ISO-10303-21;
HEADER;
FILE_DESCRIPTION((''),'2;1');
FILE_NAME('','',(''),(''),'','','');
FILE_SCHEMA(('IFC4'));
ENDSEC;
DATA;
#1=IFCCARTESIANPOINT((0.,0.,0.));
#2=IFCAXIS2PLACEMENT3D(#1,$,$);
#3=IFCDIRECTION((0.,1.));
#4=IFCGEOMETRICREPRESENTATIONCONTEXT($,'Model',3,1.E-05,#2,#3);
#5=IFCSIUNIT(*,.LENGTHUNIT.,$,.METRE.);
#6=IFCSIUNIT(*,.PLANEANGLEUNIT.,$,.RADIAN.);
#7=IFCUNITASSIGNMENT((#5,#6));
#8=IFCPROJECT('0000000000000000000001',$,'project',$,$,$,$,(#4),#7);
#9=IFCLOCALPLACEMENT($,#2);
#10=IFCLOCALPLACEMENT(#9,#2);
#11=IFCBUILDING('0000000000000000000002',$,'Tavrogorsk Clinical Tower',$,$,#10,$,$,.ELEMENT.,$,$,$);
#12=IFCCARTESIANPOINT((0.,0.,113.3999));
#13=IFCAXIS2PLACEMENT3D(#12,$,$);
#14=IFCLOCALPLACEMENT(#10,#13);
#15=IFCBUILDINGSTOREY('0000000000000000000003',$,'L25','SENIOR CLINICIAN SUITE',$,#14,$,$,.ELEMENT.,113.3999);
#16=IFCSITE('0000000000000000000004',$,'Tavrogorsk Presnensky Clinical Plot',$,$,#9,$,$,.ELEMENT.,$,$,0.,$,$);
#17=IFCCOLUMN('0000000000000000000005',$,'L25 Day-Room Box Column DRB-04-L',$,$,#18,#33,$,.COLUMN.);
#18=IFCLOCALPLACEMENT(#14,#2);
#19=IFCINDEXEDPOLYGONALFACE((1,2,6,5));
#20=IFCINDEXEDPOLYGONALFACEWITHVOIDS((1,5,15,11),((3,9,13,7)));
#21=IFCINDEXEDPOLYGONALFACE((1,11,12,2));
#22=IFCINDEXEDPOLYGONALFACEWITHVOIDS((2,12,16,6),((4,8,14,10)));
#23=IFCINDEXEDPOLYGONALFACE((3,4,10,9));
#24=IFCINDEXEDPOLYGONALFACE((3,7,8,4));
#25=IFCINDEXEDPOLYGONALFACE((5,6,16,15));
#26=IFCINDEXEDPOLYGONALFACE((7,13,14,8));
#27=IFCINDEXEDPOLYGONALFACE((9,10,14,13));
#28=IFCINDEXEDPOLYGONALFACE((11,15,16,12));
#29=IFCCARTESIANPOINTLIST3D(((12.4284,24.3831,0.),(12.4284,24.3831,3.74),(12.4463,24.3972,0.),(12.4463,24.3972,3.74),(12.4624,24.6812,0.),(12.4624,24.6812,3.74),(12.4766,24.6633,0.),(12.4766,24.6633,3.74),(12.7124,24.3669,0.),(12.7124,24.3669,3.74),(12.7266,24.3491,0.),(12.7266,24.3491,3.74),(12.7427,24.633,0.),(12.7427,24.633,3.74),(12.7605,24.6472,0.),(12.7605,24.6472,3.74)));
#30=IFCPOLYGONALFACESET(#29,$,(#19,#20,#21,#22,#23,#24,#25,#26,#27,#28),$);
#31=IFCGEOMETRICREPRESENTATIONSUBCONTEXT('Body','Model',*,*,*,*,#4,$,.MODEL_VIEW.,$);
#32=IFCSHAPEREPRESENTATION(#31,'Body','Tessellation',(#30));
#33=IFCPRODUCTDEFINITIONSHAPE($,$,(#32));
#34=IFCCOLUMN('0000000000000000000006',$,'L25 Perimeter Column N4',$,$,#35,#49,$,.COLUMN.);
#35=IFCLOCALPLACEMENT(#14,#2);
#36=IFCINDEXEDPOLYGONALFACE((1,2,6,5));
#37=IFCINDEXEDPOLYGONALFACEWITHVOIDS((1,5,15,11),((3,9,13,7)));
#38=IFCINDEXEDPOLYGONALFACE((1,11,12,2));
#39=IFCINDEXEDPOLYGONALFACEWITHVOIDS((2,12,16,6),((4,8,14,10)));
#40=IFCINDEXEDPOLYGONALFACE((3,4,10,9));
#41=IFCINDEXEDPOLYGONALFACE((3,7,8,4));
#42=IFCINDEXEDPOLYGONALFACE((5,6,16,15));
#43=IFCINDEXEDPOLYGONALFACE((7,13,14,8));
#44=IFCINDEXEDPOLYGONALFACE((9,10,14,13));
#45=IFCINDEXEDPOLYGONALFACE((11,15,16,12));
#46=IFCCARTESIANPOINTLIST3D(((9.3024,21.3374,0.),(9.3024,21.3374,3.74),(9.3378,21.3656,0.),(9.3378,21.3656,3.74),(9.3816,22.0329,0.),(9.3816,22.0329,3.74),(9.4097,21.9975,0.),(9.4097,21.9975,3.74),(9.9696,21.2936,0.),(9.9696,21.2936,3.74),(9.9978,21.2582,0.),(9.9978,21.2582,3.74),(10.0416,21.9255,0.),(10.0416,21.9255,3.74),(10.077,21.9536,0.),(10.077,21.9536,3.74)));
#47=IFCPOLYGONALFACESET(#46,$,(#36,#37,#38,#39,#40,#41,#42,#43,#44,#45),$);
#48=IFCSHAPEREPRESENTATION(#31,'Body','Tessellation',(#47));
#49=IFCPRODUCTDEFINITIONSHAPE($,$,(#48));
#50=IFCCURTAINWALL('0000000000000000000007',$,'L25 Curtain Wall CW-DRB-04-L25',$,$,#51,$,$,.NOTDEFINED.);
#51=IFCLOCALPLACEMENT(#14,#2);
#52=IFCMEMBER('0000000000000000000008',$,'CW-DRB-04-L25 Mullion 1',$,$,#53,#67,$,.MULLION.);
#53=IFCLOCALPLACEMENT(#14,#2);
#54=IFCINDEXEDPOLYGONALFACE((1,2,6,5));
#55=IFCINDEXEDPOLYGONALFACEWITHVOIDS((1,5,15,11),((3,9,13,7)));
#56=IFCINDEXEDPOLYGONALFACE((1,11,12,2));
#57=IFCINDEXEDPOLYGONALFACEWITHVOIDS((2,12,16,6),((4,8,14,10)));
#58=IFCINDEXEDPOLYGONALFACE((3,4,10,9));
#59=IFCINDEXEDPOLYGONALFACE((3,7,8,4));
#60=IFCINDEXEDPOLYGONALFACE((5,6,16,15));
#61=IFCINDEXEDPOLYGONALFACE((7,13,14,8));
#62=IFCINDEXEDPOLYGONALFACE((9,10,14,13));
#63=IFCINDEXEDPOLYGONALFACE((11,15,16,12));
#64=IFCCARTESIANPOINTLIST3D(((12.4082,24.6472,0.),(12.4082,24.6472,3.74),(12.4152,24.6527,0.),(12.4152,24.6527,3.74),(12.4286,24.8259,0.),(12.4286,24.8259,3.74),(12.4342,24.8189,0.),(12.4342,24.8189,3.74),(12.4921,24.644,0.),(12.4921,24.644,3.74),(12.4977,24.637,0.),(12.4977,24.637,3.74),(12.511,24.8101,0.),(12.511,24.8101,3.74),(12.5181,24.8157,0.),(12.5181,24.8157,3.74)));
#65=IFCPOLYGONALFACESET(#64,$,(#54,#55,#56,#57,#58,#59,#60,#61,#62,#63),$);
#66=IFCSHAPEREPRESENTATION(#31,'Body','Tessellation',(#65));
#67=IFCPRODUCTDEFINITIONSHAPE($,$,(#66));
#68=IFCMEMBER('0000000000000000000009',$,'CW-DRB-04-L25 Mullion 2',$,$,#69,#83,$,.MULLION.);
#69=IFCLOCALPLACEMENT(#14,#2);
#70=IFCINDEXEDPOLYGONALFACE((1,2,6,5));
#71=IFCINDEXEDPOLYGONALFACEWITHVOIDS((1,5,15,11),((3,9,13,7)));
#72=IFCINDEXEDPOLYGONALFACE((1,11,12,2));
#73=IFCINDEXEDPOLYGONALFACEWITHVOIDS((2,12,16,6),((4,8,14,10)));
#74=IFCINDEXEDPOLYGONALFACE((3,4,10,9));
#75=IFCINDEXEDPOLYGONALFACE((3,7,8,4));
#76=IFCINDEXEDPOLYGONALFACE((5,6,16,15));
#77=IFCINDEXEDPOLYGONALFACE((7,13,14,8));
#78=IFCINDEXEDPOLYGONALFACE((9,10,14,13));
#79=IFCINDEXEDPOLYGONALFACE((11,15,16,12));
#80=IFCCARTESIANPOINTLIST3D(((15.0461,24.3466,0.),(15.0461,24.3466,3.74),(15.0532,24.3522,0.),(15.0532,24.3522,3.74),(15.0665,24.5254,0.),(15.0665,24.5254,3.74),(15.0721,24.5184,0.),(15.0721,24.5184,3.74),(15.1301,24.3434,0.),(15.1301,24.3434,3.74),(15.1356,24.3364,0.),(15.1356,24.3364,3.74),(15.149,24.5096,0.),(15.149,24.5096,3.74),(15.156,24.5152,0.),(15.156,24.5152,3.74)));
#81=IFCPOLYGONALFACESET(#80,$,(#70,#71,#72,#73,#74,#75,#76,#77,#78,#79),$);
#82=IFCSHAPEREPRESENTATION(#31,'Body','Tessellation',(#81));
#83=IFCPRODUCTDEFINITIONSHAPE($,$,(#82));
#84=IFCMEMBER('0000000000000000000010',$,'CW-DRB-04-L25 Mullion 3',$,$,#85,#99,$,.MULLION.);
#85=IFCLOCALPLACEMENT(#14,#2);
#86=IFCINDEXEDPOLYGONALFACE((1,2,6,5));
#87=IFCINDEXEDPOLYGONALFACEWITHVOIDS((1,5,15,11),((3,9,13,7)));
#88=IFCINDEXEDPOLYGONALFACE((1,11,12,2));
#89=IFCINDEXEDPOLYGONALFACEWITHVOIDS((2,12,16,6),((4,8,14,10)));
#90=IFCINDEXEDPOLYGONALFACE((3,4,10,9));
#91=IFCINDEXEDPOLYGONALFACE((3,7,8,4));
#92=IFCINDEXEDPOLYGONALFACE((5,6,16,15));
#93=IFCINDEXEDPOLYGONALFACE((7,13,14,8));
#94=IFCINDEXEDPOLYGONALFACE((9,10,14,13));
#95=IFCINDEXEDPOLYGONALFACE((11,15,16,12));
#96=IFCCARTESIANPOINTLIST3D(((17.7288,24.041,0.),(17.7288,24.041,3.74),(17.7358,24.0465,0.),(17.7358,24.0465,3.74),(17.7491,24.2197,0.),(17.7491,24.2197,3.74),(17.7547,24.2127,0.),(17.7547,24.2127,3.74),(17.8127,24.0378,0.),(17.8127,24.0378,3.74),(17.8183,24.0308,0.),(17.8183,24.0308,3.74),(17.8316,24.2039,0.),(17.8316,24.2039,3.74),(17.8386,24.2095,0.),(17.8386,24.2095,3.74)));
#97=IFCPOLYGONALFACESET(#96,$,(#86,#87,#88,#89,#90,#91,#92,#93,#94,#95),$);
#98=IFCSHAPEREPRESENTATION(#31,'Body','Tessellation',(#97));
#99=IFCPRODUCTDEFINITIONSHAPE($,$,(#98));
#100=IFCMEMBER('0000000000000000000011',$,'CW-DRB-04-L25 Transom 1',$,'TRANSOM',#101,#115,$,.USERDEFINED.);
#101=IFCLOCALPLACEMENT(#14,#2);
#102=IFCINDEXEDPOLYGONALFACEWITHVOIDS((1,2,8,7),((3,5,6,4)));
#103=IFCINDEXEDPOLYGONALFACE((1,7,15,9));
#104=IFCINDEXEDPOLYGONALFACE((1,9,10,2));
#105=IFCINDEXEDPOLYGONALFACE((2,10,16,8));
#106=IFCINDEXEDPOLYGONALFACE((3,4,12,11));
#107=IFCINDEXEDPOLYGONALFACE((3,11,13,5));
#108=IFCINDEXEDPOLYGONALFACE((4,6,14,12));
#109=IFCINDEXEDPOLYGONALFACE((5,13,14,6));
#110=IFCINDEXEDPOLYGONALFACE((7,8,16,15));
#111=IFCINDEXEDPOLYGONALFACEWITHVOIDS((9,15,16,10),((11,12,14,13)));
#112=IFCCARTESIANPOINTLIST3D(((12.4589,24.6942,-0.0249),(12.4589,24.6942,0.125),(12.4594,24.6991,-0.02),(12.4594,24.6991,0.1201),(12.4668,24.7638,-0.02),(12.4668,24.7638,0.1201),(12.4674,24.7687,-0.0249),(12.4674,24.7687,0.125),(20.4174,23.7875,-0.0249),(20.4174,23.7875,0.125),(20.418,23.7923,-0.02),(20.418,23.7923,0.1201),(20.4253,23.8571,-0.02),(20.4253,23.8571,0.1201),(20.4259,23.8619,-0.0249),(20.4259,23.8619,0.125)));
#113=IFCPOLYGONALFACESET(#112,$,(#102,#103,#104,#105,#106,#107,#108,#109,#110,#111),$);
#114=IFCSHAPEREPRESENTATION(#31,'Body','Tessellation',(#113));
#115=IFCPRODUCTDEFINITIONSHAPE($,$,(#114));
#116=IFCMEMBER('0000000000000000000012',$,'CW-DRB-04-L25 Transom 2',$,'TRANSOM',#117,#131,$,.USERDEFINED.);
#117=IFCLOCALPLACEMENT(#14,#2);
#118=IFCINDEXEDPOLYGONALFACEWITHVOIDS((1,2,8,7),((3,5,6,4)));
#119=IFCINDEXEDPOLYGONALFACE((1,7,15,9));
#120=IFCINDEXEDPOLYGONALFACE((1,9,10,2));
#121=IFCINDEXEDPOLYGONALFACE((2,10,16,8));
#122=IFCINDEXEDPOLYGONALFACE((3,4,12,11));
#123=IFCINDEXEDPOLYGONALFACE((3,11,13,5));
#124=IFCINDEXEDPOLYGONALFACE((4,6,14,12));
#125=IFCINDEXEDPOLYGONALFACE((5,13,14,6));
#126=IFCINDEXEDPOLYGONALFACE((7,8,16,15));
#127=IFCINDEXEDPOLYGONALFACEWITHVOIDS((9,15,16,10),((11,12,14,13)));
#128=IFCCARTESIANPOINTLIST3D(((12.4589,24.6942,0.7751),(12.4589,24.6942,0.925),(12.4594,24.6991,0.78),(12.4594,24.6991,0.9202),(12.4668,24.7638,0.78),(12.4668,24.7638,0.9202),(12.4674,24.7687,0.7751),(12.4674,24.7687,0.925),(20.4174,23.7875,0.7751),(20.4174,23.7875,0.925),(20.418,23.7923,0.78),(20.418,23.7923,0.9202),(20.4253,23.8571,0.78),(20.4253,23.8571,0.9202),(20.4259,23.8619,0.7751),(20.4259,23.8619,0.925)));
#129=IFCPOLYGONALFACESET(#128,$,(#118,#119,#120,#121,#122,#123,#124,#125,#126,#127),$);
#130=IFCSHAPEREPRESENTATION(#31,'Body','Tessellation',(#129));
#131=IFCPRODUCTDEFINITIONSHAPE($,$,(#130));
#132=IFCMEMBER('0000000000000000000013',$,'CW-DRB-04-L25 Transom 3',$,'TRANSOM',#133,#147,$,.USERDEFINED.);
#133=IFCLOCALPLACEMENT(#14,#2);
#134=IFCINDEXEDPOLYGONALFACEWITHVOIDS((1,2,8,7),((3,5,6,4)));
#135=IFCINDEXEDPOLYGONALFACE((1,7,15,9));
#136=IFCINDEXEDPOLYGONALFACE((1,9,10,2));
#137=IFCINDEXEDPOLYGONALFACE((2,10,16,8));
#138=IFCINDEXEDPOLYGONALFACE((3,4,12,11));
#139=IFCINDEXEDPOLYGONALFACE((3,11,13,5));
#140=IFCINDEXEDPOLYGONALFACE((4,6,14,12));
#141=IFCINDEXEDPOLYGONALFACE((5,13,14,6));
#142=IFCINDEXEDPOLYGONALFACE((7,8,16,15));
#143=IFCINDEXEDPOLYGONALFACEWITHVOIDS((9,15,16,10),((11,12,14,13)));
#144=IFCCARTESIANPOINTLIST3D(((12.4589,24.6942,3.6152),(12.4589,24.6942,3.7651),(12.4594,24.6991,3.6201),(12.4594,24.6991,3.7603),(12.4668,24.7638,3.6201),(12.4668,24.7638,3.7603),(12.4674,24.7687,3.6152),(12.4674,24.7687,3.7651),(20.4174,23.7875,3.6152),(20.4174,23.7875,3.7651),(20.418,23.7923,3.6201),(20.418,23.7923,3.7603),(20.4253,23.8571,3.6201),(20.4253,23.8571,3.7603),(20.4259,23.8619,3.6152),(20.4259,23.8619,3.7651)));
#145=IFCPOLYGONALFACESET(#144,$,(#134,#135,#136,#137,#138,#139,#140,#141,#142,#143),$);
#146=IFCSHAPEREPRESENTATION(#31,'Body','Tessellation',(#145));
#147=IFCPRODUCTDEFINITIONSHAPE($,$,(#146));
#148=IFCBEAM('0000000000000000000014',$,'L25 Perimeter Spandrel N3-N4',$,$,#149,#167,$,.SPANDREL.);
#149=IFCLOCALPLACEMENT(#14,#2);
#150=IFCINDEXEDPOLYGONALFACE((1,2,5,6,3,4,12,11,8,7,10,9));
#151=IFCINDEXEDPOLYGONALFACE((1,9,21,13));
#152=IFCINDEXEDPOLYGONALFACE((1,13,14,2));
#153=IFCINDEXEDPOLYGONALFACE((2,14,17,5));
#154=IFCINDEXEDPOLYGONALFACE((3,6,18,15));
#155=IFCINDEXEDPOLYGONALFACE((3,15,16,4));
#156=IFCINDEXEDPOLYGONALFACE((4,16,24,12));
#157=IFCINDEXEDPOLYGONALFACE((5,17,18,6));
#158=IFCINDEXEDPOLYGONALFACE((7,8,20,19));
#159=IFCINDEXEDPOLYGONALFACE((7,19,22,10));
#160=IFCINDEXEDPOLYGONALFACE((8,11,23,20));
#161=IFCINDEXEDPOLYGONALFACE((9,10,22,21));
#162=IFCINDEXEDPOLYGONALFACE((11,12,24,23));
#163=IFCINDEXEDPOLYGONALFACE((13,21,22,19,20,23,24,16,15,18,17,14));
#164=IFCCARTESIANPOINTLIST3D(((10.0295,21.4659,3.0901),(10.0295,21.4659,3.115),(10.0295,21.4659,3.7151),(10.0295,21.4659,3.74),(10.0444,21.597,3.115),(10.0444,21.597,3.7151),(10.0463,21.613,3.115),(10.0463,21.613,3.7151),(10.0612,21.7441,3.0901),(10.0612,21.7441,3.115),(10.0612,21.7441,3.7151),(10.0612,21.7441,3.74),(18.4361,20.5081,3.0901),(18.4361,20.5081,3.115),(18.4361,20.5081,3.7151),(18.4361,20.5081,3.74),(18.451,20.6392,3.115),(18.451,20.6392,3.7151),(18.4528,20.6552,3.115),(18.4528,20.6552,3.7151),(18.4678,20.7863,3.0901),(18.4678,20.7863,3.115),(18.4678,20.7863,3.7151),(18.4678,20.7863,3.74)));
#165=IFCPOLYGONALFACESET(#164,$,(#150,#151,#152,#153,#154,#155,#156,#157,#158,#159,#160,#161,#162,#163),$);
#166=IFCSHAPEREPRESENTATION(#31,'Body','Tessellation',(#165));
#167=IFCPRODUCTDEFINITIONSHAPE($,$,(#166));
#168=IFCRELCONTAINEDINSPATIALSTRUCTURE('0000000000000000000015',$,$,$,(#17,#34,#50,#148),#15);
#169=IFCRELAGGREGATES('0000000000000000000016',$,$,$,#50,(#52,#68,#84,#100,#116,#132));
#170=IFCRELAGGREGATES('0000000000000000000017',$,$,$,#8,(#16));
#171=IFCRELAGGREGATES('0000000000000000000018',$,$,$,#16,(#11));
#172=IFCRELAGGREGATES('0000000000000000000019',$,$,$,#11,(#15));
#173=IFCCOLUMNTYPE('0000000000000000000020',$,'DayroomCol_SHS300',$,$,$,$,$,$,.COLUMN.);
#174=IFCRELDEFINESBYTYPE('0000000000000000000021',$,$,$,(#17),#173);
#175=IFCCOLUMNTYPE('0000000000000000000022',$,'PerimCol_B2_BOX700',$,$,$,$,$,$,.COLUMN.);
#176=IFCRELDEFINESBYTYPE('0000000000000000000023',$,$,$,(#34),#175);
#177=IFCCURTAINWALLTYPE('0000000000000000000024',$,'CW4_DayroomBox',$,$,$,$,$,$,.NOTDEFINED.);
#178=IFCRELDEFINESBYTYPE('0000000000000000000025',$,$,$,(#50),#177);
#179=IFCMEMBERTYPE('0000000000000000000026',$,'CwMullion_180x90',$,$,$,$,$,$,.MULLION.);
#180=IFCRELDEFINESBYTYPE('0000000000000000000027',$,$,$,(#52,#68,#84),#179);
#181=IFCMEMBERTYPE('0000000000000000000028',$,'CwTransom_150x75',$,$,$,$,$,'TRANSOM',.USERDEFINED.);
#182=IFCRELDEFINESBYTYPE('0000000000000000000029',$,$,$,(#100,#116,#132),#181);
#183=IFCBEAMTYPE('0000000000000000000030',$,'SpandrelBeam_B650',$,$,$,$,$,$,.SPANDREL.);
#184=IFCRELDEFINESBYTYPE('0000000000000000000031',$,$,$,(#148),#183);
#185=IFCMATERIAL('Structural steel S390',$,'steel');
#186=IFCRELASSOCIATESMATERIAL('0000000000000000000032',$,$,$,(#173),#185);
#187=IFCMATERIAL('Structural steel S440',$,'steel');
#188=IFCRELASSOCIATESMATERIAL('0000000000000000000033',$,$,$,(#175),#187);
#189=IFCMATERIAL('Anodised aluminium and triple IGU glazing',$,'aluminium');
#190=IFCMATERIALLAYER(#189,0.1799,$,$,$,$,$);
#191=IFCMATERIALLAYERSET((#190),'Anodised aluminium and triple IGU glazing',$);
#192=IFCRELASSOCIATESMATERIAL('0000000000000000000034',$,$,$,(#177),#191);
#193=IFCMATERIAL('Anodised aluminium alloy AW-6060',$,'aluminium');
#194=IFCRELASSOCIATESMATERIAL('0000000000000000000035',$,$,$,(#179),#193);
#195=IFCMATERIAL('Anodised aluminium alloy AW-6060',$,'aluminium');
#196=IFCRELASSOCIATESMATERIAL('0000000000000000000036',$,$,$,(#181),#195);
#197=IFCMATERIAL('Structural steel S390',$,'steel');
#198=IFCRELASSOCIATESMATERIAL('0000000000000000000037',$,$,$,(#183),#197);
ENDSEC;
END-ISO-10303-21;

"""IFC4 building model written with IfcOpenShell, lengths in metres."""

from ifc_helpers import new_model, si_unit, direction, frame, origin, origin_2d, place, context, subcontext, project, spatial, hollow_rectangle, i_section, extrude, material, layer, layer_set, material_profile, profile_set, type_object, element, aggregate, save


model = new_model("IFC4")

# Units and contexts
model_context = context("Model", 3, precision=1e-05, world=origin(), true_north=direction((0.0, 1.0)))
body_context = subcontext(model_context, "Body", "Model", "MODEL_VIEW")
ifc_project = project(units=[si_unit("LENGTHUNIT", "METRE"), si_unit("PLANEANGLEUNIT", "RADIAN")], contexts=[model_context])

# Site, building, storey
site_placement = place(None, origin())
site = spatial("IfcSite", under=ifc_project, at=site_placement, Name="Tavrogorsk Presnensky Clinical Plot", CompositionType="ELEMENT", RefElevation=0.0)
building_placement = place(site_placement, origin())
building = spatial("IfcBuilding", under=site, at=building_placement, Name="Tavrogorsk Clinical Tower", CompositionType="ELEMENT")
storey_placement = place(building_placement, frame((0.0, 0.0, 113.3999)))
storey = spatial("IfcBuildingStorey", under=building, at=storey_placement, Name="L25", Description="SENIOR CLINICIAN SUITE", CompositionType="ELEMENT", Elevation=113.3999)

# Columns
ifc_material_1 = material(Name="Structural steel S390", Category="steel")
ifc_material_profile_1 = material_profile(ifc_material_1, hollow_rectangle(XDim=0.3, YDim=0.3, WallThickness=0.0161, at=origin_2d()), Name="SHS-300x300x16")
ifc_profile_set_1 = profile_set([ifc_material_profile_1], Name="Structural steel S390")
column_type_1 = type_object("IfcColumnType", Name="DayroomCol_SHS300", PredefinedType="COLUMN", material=ifc_profile_set_1)
column_1_placement = place(storey_placement, frame((12.5945, 24.5151, 0.0), z_axis=(0.0, 0.0, 1.0), x_axis=(0.993572, -0.113203, 0.0)))
element("IfcColumn", 1, at=column_1_placement, inside=storey, type_object=column_type_1, Name="L25 Day-Room Box Column DRB-04-L", PredefinedType="COLUMN", context=body_context, shape_type="SweptSolid", body=[
    extrude(hollow_rectangle(XDim=0.3, YDim=0.3, WallThickness=0.0161, at=origin_2d()), origin(), (0.0, 0.0, 1.0), 3.74),
])
ifc_material_2 = material(Name="Structural steel S440", Category="steel")
ifc_material_profile_2 = material_profile(ifc_material_2, hollow_rectangle(XDim=0.7, YDim=0.7, WallThickness=0.032, at=origin_2d()), Name="BOX-700x700x32")
ifc_profile_set_2 = profile_set([ifc_material_profile_2], Name="Structural steel S440")
column_type_2 = type_object("IfcColumnType", Name="PerimCol_B2_BOX700", PredefinedType="COLUMN", material=ifc_profile_set_2)
column_2_placement = place(storey_placement, frame((9.6897, 21.6455, 0.0), z_axis=(0.0, 0.0, 1.0), x_axis=(0.993572, -0.113203, 0.0)))
element("IfcColumn", 2, at=column_2_placement, inside=storey, type_object=column_type_2, Name="L25 Perimeter Column N4", PredefinedType="COLUMN", context=body_context, shape_type="SweptSolid", body=[
    extrude(hollow_rectangle(XDim=0.7, YDim=0.7, WallThickness=0.032, at=origin_2d()), origin(), (0.0, 0.0, 1.0), 3.74),
])

# Curtain wall, members
ifc_material_3 = material(Name="Anodised aluminium and triple IGU glazing", Category="aluminium")
ifc_layer_1 = layer(ifc_material_3, 0.1799)
ifc_layer_set_1 = layer_set([ifc_layer_1], Name="Anodised aluminium and triple IGU glazing")
curtain_wall_type = type_object("IfcCurtainWallType", Name="CW4_DayroomBox", PredefinedType="NOTDEFINED", material=ifc_layer_set_1)
curtain_wall_placement = place(storey_placement, origin())
curtain_wall = element("IfcCurtainWall", 3, at=curtain_wall_placement, inside=storey, type_object=curtain_wall_type, Name="L25 Curtain Wall CW-DRB-04-L25", PredefinedType="NOTDEFINED")
ifc_material_4 = material(Name="Anodised aluminium alloy AW-6060", Category="aluminium")
ifc_material_profile_3 = material_profile(ifc_material_4, hollow_rectangle(XDim=0.0901, YDim=0.1799, WallThickness=0.0063, at=origin_2d()), Name="RHS-180x90x6.3")
ifc_profile_set_3 = profile_set([ifc_material_profile_3], Name="Anodised aluminium alloy AW-6060")
member_type_1 = type_object("IfcMemberType", Name="CwMullion_180x90", PredefinedType="MULLION", material=ifc_profile_set_3)
member_1_placement = place(storey_placement, frame((12.4631, 24.7314, 0.0), z_axis=(0.0, 0.0, 1.0), x_axis=(0.993572, -0.113203, 0.0)))
member_1 = element("IfcMember", 4, at=member_1_placement, type_object=member_type_1, Name="CW-DRB-04-L25 Mullion 1", PredefinedType="MULLION", context=body_context, shape_type="SweptSolid", body=[
    extrude(hollow_rectangle(XDim=0.0901, YDim=0.1799, WallThickness=0.0063, at=origin_2d()), origin(), (0.0, 0.0, 1.0), 3.74),
])
member_2_placement = place(storey_placement, frame((15.1011, 24.4309, 0.0), z_axis=(0.0, 0.0, 1.0), x_axis=(0.993572, -0.113203, 0.0)))
member_2 = element("IfcMember", 5, at=member_2_placement, type_object=member_type_1, Name="CW-DRB-04-L25 Mullion 2", PredefinedType="MULLION", context=body_context, shape_type="SweptSolid", body=[
    extrude(hollow_rectangle(XDim=0.0901, YDim=0.1799, WallThickness=0.0063, at=origin_2d()), origin(), (0.0, 0.0, 1.0), 3.74),
])
member_3_placement = place(storey_placement, frame((17.7837, 24.1252, 0.0), z_axis=(0.0, 0.0, 1.0), x_axis=(0.993572, -0.113203, 0.0)))
member_3 = element("IfcMember", 6, at=member_3_placement, type_object=member_type_1, Name="CW-DRB-04-L25 Mullion 3", PredefinedType="MULLION", context=body_context, shape_type="SweptSolid", body=[
    extrude(hollow_rectangle(XDim=0.0901, YDim=0.1799, WallThickness=0.0063, at=origin_2d()), origin(), (0.0, 0.0, 1.0), 3.74),
])
ifc_material_5 = material(Name="Anodised aluminium alloy AW-6060", Category="aluminium")
ifc_material_profile_4 = material_profile(ifc_material_5, hollow_rectangle(XDim=0.075, YDim=0.1499, WallThickness=0.0049, at=origin_2d()), Name="RHS-150x75x5")
ifc_profile_set_4 = profile_set([ifc_material_profile_4], Name="Anodised aluminium alloy AW-6060")
member_type_2 = type_object("IfcMemberType", Name="CwTransom_150x75", ElementType="TRANSOM", PredefinedType="USERDEFINED", material=ifc_profile_set_4)
member_4_placement = place(storey_placement, frame((12.4631, 24.7314, 0.05), z_axis=(0.993572, -0.113201, 0.0), x_axis=(0.113201, 0.993572, 0.0)))
member_4 = element("IfcMember", 7, at=member_4_placement, type_object=member_type_2, Name="CW-DRB-04-L25 Transom 1", ObjectType="TRANSOM", PredefinedType="USERDEFINED", context=body_context, shape_type="SweptSolid", body=[
    extrude(hollow_rectangle(XDim=0.075, YDim=0.1499, WallThickness=0.0049, at=origin_2d()), origin(), (0.0, 0.0, 1.0), 8.01),
])
member_5_placement = place(storey_placement, frame((12.4631, 24.7314, 0.8501), z_axis=(0.993572, -0.113201, 0.0), x_axis=(0.113201, 0.993572, 0.0)))
member_5 = element("IfcMember", 8, at=member_5_placement, type_object=member_type_2, Name="CW-DRB-04-L25 Transom 2", ObjectType="TRANSOM", PredefinedType="USERDEFINED", context=body_context, shape_type="SweptSolid", body=[
    extrude(hollow_rectangle(XDim=0.075, YDim=0.1499, WallThickness=0.0049, at=origin_2d()), origin(), (0.0, 0.0, 1.0), 8.01),
])
member_6_placement = place(storey_placement, frame((12.4631, 24.7314, 3.6902), z_axis=(0.993572, -0.113201, 0.0), x_axis=(0.113201, 0.993572, 0.0)))
member_6 = element("IfcMember", 9, at=member_6_placement, type_object=member_type_2, Name="CW-DRB-04-L25 Transom 3", ObjectType="TRANSOM", PredefinedType="USERDEFINED", context=body_context, shape_type="SweptSolid", body=[
    extrude(hollow_rectangle(XDim=0.075, YDim=0.1499, WallThickness=0.0049, at=origin_2d()), origin(), (0.0, 0.0, 1.0), 8.01),
])

# Beam
ifc_material_6 = material(Name="Structural steel S390", Category="steel")
ifc_material_profile_5 = material_profile(ifc_material_6, i_section(OverallWidth=0.28, OverallDepth=0.6499, WebThickness=0.0161, FlangeThickness=0.0249, at=origin_2d()), Name="B-650x280x16x25")
ifc_profile_set_5 = profile_set([ifc_material_profile_5], Name="Structural steel S390")
beam_type_1 = type_object("IfcBeamType", Name="SpandrelBeam_B650", PredefinedType="SPANDREL", material=ifc_profile_set_5)
beam_1_placement = place(storey_placement, frame((18.4519, 20.6472, 3.415), z_axis=(-0.993572, 0.113199, 0.0), x_axis=(-0.113199, -0.993572, 0.0)))
element("IfcBeam", 10, at=beam_1_placement, inside=storey, type_object=beam_type_1, Name="L25 Perimeter Spandrel N3-N4", PredefinedType="SPANDREL", context=body_context, shape_type="SweptSolid", body=[
    extrude(i_section(OverallWidth=0.28, OverallDepth=0.6499, WebThickness=0.0161, FlangeThickness=0.0249, at=origin_2d()), origin(), (0.0, 0.0, 1.0), 8.4609),
])

aggregate(curtain_wall, [member_1, member_2, member_3, member_4, member_5, member_6])

save(model, "model.ifc")
